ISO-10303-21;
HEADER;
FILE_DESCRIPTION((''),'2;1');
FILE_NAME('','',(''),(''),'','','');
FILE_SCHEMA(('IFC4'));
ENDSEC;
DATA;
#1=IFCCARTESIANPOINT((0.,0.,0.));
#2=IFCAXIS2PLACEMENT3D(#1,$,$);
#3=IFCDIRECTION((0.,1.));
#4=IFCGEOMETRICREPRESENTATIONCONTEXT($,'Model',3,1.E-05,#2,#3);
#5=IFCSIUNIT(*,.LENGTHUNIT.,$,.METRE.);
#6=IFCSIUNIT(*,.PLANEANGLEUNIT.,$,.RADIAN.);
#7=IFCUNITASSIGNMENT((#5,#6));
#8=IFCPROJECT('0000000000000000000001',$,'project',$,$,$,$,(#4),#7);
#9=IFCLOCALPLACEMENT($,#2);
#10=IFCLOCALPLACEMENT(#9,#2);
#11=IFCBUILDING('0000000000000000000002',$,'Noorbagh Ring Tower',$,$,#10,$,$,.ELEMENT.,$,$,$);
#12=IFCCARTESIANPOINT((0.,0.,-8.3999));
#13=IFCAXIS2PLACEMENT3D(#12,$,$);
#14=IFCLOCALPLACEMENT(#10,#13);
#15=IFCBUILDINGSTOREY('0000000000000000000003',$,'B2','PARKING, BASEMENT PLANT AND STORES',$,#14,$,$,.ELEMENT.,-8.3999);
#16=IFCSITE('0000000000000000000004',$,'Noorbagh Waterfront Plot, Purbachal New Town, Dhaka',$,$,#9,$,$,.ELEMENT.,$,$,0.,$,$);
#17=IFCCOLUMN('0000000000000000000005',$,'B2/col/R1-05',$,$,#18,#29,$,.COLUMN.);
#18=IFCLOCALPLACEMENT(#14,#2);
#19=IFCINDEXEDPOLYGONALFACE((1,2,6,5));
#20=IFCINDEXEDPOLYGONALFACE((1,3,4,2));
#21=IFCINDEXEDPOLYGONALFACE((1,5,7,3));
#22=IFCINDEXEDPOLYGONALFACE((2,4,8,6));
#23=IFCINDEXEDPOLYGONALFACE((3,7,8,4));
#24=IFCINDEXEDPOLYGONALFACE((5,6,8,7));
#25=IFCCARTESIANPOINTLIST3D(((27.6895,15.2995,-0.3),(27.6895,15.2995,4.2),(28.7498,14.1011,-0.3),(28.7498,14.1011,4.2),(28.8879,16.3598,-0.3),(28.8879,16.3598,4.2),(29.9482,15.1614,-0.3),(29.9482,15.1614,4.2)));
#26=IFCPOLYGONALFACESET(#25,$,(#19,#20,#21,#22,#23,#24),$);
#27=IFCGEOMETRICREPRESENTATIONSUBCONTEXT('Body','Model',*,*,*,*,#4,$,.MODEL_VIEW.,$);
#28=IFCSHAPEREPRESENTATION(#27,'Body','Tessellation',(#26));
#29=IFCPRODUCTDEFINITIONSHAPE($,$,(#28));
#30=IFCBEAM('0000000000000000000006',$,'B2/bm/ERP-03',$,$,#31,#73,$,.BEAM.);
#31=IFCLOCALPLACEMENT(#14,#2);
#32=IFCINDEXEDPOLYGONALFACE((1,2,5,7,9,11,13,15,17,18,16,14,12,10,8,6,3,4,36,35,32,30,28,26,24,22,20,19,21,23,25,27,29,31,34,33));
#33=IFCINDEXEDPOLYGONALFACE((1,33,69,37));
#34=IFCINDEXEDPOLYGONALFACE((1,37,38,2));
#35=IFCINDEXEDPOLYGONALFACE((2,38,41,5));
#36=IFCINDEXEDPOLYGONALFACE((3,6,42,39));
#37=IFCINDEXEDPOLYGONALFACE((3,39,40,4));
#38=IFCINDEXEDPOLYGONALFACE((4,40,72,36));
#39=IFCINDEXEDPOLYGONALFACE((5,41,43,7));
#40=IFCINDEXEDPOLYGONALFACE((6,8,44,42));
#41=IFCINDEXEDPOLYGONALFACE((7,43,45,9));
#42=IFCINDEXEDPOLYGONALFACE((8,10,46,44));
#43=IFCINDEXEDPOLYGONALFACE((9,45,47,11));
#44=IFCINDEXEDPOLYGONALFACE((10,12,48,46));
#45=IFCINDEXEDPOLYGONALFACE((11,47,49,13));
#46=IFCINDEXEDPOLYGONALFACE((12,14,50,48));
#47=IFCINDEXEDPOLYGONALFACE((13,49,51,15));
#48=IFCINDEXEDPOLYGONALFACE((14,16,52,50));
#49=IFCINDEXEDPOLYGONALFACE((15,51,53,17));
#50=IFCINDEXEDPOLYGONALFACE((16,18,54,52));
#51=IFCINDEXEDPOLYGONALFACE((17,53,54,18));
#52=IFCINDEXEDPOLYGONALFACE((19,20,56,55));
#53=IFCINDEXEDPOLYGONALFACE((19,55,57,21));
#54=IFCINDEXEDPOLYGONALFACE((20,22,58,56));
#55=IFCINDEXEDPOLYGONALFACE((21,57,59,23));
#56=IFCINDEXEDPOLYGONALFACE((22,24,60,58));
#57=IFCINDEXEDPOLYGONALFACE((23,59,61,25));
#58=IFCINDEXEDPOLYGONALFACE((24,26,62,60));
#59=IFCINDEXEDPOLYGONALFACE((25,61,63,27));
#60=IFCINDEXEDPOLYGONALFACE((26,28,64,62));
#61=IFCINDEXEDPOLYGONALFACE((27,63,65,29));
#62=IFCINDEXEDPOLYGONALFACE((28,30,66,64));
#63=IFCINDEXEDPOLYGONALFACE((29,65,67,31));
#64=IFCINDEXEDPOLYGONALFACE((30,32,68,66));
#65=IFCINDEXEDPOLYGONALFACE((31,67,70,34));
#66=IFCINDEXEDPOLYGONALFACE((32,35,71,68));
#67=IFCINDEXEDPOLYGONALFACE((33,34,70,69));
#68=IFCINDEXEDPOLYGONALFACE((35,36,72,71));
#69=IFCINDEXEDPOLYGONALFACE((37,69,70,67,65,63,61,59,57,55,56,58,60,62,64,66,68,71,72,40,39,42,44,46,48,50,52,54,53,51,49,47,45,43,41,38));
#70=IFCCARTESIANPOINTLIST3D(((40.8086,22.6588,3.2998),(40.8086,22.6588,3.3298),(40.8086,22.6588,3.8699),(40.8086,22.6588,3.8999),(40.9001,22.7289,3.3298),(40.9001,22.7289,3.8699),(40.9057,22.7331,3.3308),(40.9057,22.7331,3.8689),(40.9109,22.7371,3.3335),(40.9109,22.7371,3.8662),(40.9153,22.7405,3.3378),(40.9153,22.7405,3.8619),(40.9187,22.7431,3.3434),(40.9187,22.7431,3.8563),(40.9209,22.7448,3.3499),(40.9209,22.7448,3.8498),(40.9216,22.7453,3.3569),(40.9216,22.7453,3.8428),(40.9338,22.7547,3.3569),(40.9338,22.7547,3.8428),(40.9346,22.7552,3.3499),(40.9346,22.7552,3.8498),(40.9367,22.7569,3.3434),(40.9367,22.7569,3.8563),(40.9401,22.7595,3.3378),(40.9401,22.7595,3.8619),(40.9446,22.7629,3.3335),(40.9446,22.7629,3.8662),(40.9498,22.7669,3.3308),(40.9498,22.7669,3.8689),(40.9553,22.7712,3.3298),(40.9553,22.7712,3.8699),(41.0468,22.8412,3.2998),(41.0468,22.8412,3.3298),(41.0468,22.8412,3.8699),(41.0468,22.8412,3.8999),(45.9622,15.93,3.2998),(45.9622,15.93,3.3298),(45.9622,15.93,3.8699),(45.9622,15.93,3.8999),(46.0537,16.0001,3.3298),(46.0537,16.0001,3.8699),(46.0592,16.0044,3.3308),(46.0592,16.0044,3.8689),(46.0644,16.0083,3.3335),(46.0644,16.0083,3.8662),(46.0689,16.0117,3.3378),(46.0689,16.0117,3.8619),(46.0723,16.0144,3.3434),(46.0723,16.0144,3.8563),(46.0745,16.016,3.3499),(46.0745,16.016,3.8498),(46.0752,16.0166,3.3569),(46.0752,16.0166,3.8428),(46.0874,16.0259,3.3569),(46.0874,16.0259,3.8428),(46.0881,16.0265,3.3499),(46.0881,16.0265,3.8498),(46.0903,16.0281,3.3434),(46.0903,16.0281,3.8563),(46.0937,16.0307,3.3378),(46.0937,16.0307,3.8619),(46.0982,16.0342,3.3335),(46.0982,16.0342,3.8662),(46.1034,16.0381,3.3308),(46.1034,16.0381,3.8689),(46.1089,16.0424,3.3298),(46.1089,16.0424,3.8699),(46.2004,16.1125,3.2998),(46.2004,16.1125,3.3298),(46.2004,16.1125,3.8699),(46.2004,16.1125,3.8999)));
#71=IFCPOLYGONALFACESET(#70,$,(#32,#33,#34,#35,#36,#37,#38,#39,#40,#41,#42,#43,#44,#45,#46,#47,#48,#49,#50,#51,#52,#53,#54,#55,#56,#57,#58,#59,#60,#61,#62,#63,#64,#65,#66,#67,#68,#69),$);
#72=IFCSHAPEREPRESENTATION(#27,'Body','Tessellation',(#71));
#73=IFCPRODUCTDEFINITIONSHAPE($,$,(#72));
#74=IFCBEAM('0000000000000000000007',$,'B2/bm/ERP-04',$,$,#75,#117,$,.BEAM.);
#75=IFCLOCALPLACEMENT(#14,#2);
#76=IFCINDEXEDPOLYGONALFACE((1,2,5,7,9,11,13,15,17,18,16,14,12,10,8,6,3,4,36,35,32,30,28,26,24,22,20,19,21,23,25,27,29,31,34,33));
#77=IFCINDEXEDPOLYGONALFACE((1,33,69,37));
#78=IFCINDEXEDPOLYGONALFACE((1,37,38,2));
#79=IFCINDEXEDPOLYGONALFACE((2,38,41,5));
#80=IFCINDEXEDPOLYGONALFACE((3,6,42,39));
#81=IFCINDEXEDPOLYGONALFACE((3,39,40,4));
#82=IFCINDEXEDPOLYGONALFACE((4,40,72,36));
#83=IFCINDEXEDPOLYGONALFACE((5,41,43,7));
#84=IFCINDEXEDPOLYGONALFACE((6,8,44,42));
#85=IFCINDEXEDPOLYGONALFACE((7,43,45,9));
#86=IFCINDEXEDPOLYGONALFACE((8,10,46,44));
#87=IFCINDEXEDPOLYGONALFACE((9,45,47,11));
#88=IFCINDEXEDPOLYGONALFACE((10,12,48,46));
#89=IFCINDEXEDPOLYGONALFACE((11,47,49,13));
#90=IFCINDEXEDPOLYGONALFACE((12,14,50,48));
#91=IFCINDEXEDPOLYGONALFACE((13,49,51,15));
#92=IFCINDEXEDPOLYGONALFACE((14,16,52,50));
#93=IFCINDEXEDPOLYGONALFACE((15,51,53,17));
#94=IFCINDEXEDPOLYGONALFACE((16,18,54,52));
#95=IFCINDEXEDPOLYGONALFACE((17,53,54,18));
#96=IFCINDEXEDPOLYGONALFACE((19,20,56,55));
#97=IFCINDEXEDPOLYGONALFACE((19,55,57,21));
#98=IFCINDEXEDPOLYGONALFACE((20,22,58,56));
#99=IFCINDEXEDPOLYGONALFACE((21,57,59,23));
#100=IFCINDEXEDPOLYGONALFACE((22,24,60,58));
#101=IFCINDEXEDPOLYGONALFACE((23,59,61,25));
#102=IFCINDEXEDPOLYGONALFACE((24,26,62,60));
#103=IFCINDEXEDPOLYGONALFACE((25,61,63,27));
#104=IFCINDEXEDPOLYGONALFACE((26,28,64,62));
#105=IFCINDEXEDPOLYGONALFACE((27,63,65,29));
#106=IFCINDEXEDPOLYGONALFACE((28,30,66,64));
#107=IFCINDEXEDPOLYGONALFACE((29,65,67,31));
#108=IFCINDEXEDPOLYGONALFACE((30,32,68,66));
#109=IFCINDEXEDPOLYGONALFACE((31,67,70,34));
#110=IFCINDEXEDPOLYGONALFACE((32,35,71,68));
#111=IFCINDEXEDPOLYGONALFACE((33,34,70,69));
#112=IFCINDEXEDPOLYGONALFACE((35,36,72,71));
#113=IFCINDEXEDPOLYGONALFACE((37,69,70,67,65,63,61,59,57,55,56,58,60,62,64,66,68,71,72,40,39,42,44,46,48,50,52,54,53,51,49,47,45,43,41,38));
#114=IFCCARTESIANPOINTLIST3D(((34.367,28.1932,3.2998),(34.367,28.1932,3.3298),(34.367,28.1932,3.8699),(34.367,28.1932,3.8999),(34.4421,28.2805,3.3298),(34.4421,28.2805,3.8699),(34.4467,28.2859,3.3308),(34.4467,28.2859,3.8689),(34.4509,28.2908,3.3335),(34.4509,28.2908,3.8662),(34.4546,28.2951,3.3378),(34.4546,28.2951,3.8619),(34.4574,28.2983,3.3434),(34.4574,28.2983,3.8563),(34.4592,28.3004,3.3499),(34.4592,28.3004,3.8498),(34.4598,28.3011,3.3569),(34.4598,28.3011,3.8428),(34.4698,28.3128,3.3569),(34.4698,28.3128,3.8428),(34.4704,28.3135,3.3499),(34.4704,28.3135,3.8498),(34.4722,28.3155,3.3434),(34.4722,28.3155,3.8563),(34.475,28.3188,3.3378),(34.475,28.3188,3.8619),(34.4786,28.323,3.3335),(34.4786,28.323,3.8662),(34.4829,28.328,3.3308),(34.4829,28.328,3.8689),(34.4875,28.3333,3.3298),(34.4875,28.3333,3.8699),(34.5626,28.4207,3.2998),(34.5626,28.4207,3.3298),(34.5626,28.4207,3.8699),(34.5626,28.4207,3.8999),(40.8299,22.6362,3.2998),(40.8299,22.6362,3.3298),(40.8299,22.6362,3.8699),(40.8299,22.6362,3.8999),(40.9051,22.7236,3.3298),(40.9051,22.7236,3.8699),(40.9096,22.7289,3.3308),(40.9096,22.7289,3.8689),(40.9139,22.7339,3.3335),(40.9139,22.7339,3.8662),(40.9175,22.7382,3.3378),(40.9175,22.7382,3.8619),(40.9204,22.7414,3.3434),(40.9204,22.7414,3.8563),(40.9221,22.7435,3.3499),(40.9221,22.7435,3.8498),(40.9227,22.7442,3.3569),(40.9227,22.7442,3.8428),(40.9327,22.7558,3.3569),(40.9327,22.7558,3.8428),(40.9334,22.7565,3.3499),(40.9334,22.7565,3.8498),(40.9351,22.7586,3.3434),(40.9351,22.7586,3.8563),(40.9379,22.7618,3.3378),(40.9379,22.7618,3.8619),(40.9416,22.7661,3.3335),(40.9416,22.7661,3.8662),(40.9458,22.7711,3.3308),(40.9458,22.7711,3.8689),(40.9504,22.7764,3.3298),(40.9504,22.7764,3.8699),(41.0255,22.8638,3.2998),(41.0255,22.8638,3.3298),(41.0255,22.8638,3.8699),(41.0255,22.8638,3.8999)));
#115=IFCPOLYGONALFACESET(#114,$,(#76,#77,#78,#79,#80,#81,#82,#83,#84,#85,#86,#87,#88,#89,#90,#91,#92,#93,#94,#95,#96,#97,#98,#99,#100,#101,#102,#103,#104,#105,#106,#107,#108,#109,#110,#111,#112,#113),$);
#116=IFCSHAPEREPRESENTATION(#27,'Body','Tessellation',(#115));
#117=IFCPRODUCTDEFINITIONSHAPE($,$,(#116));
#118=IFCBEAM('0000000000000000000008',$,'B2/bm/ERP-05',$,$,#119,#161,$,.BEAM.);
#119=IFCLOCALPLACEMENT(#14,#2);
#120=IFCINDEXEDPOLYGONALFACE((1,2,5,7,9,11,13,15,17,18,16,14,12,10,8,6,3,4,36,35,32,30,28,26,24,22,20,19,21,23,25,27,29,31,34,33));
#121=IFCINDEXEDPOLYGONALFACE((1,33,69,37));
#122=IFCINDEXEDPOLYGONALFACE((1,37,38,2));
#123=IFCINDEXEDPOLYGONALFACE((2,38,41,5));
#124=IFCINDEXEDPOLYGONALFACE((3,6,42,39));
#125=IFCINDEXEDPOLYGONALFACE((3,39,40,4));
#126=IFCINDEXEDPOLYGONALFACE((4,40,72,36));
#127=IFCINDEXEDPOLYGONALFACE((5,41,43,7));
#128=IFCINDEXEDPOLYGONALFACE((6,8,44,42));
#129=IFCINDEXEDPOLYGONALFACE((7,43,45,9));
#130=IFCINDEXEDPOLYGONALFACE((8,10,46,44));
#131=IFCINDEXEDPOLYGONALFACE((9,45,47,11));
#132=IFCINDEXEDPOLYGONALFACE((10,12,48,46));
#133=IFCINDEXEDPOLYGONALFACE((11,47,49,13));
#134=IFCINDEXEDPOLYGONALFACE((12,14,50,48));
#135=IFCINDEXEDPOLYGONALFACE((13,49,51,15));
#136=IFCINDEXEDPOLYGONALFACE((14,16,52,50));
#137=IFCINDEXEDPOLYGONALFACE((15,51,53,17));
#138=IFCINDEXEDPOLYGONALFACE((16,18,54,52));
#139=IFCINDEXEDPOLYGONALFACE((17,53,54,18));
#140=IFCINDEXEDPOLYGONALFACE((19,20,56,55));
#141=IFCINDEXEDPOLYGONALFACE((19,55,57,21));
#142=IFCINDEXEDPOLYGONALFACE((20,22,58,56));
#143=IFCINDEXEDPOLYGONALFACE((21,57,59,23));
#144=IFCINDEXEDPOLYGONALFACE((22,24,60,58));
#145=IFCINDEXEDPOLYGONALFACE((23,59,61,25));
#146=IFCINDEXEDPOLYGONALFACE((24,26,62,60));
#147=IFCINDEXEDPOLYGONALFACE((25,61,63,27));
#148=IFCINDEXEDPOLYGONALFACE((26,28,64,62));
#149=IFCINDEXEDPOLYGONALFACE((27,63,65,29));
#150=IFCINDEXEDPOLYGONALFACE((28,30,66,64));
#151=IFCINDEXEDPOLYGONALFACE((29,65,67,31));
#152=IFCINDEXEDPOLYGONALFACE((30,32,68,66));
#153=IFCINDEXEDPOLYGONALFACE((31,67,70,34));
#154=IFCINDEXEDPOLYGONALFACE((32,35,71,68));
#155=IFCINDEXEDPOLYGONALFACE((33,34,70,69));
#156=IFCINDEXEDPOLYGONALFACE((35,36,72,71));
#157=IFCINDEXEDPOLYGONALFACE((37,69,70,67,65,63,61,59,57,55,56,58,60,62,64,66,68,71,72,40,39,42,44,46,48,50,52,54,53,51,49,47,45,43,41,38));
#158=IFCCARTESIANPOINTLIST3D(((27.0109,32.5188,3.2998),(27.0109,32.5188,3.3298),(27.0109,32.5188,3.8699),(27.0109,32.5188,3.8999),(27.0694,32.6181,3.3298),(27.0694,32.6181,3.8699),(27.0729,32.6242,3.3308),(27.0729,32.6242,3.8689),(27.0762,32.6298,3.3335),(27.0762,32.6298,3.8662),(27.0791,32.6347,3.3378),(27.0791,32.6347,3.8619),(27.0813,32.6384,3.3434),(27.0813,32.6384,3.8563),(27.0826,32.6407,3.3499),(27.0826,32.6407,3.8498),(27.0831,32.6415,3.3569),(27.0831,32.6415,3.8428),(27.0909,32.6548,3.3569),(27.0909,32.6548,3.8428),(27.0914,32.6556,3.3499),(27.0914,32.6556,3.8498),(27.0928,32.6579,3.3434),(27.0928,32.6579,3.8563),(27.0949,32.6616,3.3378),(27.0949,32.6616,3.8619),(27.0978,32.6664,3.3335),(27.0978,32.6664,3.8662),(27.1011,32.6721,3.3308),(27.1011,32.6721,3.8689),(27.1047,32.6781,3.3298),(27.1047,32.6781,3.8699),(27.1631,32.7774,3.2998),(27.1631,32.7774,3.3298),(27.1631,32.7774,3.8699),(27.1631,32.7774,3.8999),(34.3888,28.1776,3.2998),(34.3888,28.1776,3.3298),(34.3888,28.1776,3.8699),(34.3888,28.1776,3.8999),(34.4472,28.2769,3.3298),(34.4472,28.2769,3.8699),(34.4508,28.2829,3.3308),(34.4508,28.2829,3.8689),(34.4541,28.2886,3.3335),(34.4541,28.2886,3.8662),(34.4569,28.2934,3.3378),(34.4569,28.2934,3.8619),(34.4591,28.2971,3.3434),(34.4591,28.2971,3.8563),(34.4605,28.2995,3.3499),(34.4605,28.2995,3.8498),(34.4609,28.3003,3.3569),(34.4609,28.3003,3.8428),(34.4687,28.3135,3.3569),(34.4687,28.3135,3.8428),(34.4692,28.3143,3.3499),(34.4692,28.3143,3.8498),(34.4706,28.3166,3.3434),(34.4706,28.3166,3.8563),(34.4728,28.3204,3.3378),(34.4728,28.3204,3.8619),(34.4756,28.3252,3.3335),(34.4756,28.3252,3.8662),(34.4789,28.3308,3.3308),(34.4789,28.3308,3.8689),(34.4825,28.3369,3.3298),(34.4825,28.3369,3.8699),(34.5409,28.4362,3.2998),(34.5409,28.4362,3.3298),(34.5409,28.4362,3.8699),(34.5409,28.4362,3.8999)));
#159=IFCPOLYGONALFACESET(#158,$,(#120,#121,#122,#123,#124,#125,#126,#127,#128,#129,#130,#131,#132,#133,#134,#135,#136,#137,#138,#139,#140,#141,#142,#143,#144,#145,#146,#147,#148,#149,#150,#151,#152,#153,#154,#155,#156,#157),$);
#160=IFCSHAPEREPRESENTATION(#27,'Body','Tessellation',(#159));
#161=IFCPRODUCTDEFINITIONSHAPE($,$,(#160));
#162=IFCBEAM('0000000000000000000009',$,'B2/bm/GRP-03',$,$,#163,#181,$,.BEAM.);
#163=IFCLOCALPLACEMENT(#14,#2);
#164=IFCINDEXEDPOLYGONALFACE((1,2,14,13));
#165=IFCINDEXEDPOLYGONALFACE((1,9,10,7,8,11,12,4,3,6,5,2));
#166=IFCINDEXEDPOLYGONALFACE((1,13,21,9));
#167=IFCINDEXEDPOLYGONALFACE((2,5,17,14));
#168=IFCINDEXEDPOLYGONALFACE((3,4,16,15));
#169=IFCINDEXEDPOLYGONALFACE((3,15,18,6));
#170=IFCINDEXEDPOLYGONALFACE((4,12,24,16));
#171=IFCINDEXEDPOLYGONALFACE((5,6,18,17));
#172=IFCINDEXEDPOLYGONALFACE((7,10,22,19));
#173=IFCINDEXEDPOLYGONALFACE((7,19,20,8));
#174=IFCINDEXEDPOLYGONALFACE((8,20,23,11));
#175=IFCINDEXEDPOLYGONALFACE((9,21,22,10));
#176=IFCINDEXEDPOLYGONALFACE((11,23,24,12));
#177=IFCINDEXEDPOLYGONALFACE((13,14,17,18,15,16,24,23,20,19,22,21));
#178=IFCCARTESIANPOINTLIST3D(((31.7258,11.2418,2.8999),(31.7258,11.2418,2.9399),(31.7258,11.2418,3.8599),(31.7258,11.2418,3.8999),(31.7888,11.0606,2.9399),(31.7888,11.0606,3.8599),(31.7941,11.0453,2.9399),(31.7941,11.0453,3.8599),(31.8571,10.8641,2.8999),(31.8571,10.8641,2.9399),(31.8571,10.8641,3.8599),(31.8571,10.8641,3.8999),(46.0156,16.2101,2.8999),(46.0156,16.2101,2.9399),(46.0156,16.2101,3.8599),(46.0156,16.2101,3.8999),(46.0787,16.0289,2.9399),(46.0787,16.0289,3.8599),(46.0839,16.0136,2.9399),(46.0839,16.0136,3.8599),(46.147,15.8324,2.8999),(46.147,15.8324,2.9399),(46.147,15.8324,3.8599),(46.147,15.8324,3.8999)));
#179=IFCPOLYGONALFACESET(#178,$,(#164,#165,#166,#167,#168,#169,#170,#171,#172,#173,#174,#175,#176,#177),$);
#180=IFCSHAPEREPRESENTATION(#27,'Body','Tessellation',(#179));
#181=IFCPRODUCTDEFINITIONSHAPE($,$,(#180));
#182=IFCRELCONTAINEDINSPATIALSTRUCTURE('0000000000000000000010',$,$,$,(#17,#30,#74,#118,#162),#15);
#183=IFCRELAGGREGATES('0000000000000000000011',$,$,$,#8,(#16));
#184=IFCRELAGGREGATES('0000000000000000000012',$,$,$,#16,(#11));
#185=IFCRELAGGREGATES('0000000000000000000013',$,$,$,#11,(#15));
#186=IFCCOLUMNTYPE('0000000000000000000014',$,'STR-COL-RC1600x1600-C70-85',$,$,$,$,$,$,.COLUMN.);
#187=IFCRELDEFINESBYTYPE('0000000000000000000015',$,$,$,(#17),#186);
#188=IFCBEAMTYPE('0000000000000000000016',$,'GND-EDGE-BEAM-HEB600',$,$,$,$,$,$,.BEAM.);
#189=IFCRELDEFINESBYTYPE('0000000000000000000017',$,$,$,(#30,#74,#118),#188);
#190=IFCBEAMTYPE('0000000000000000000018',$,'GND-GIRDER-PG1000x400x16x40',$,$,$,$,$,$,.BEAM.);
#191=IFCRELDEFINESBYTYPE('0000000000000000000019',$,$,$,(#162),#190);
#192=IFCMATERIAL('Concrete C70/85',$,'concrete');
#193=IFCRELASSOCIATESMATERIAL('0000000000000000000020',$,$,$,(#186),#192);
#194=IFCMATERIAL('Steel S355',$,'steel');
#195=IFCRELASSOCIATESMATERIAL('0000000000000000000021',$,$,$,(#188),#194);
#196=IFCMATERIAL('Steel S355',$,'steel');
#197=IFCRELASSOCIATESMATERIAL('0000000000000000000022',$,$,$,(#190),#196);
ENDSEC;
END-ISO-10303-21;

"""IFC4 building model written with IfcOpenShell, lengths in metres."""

from ifc_helpers import new_model, si_unit, direction, frame, origin, origin_2d, place, context, subcontext, project, spatial, rectangle, i_section, extrude, material, material_profile, profile_set, type_object, element, save


model = new_model("IFC4")

# Units and contexts
model_context = context("Model", 3, precision=1e-05, world=origin(), true_north=direction((0.0, 1.0)))
body_context = subcontext(model_context, "Body", "Model", "MODEL_VIEW")
ifc_project = project(units=[si_unit("LENGTHUNIT", "METRE"), si_unit("PLANEANGLEUNIT", "RADIAN")], contexts=[model_context])

# Site, building, storey
site_placement = place(None, origin())
site = spatial("IfcSite", under=ifc_project, at=site_placement, Name="Noorbagh Waterfront Plot, Purbachal New Town, Dhaka", CompositionType="ELEMENT", RefElevation=0.0)
building_placement = place(site_placement, origin())
building = spatial("IfcBuilding", under=site, at=building_placement, Name="Noorbagh Ring Tower", CompositionType="ELEMENT")
storey_placement = place(building_placement, frame((0.0, 0.0, -8.3999)))
storey = spatial("IfcBuildingStorey", under=building, at=storey_placement, Name="B2", Description="PARKING, BASEMENT PLANT AND STORES", CompositionType="ELEMENT", Elevation=-8.3999)

# Column
ifc_material_1 = material(Name="Concrete C70/85", Category="concrete")
ifc_material_profile_1 = material_profile(ifc_material_1, rectangle(XDim=1.6001, YDim=1.6001, at=origin_2d()), Name="RC1600x1600")
ifc_profile_set_1 = profile_set([ifc_material_profile_1], Name="Concrete C70/85")
column_type_1 = type_object("IfcColumnType", Name="STR-COL-RC1600x1600-C70-85", PredefinedType="COLUMN", material=ifc_profile_set_1)
column_placement = place(storey_placement, frame((28.8188, 15.2305, -0.3), z_axis=(0.0, 0.0, 1.0), x_axis=(-0.662636, 0.748942, 0.0)))
element("IfcColumn", 1, at=column_placement, inside=storey, type_object=column_type_1, Name="B2/col/R1-05", PredefinedType="COLUMN", context=body_context, shape_type="SweptSolid", body=[
    extrude(rectangle(XDim=1.6001, YDim=1.6001, at=origin_2d()), origin(), (0.0, 0.0, 1.0), 4.5),
])

# Beams
ifc_material_2 = material(Name="Steel S355", Category="steel")
ifc_material_profile_2 = material_profile(ifc_material_2, i_section(OverallWidth=0.3, OverallDepth=0.6001, WebThickness=0.0154, FlangeThickness=0.03, FilletRadius=0.0271, at=origin_2d()), Name="HEB600")
ifc_profile_set_2 = profile_set([ifc_material_profile_2], Name="Steel S355")
beam_type_1 = type_object("IfcBeamType", Name="GND-EDGE-BEAM-HEB600", PredefinedType="BEAM", material=ifc_profile_set_2)
beam_1_placement = place(storey_placement, frame((46.0813, 16.0212, 3.5999), z_axis=(-0.608049, 0.7939, 0.0), x_axis=(-0.7939, -0.608049, 0.0)))
element("IfcBeam", 2, at=beam_1_placement, inside=storey, type_object=beam_type_1, Name="B2/bm/ERP-03", PredefinedType="BEAM", context=body_context, shape_type="SweptSolid", body=[
    extrude(i_section(OverallWidth=0.3, OverallDepth=0.6001, WebThickness=0.0154, FlangeThickness=0.03, FilletRadius=0.0271, at=origin_2d()), origin(), (0.0, 0.0, 1.0), 8.4756),
])
beam_2_placement = place(storey_placement, frame((40.9277, 22.75, 3.5999), z_axis=(-0.758255, 0.651958, 0.0), x_axis=(-0.651958, -0.758255, 0.0)))
element("IfcBeam", 3, at=beam_2_placement, inside=storey, type_object=beam_type_1, Name="B2/bm/ERP-04", PredefinedType="BEAM", context=body_context, shape_type="SweptSolid", body=[
    extrude(i_section(OverallWidth=0.3, OverallDepth=0.6001, WebThickness=0.0154, FlangeThickness=0.03, FilletRadius=0.0271, at=origin_2d()), origin(), (0.0, 0.0, 1.0), 8.5234),
])
beam_3_placement = place(storey_placement, frame((34.4648, 28.3069, 3.5999), z_axis=(-0.861865, 0.507137, 0.0), x_axis=(-0.507137, -0.861865, 0.0)))
element("IfcBeam", 4, at=beam_3_placement, inside=storey, type_object=beam_type_1, Name="B2/bm/ERP-05", PredefinedType="BEAM", context=body_context, shape_type="SweptSolid", body=[
    extrude(i_section(OverallWidth=0.3, OverallDepth=0.6001, WebThickness=0.0154, FlangeThickness=0.03, FilletRadius=0.0271, at=origin_2d()), origin(), (0.0, 0.0, 1.0), 8.5603),
])
ifc_material_3 = material(Name="Steel S355", Category="steel")
ifc_material_profile_3 = material_profile(ifc_material_3, i_section(OverallWidth=0.3999, OverallDepth=1.0, WebThickness=0.0161, FlangeThickness=0.04, at=origin_2d()), Name="PG1000x400x16x40")
ifc_profile_set_3 = profile_set([ifc_material_profile_3], Name="Steel S355")
beam_type_2 = type_object("IfcBeamType", Name="GND-GIRDER-PG1000x400x16x40", PredefinedType="BEAM", material=ifc_profile_set_3)
beam_4_placement = place(storey_placement, frame((46.0813, 16.0212, 3.3999), z_axis=(-0.94454, -0.328397, 0.0), x_axis=(0.328397, -0.94454, 0.0)))
element("IfcBeam", 5, at=beam_4_placement, inside=storey, type_object=beam_type_2, Name="B2/bm/GRP-03", PredefinedType="BEAM", context=body_context, shape_type="SweptSolid", body=[
    extrude(i_section(OverallWidth=0.3999, OverallDepth=1.0, WebThickness=0.0161, FlangeThickness=0.04, at=origin_2d()), origin(), (0.0, 0.0, 1.0), 15.1289),
])

save(model, "model.ifc")
